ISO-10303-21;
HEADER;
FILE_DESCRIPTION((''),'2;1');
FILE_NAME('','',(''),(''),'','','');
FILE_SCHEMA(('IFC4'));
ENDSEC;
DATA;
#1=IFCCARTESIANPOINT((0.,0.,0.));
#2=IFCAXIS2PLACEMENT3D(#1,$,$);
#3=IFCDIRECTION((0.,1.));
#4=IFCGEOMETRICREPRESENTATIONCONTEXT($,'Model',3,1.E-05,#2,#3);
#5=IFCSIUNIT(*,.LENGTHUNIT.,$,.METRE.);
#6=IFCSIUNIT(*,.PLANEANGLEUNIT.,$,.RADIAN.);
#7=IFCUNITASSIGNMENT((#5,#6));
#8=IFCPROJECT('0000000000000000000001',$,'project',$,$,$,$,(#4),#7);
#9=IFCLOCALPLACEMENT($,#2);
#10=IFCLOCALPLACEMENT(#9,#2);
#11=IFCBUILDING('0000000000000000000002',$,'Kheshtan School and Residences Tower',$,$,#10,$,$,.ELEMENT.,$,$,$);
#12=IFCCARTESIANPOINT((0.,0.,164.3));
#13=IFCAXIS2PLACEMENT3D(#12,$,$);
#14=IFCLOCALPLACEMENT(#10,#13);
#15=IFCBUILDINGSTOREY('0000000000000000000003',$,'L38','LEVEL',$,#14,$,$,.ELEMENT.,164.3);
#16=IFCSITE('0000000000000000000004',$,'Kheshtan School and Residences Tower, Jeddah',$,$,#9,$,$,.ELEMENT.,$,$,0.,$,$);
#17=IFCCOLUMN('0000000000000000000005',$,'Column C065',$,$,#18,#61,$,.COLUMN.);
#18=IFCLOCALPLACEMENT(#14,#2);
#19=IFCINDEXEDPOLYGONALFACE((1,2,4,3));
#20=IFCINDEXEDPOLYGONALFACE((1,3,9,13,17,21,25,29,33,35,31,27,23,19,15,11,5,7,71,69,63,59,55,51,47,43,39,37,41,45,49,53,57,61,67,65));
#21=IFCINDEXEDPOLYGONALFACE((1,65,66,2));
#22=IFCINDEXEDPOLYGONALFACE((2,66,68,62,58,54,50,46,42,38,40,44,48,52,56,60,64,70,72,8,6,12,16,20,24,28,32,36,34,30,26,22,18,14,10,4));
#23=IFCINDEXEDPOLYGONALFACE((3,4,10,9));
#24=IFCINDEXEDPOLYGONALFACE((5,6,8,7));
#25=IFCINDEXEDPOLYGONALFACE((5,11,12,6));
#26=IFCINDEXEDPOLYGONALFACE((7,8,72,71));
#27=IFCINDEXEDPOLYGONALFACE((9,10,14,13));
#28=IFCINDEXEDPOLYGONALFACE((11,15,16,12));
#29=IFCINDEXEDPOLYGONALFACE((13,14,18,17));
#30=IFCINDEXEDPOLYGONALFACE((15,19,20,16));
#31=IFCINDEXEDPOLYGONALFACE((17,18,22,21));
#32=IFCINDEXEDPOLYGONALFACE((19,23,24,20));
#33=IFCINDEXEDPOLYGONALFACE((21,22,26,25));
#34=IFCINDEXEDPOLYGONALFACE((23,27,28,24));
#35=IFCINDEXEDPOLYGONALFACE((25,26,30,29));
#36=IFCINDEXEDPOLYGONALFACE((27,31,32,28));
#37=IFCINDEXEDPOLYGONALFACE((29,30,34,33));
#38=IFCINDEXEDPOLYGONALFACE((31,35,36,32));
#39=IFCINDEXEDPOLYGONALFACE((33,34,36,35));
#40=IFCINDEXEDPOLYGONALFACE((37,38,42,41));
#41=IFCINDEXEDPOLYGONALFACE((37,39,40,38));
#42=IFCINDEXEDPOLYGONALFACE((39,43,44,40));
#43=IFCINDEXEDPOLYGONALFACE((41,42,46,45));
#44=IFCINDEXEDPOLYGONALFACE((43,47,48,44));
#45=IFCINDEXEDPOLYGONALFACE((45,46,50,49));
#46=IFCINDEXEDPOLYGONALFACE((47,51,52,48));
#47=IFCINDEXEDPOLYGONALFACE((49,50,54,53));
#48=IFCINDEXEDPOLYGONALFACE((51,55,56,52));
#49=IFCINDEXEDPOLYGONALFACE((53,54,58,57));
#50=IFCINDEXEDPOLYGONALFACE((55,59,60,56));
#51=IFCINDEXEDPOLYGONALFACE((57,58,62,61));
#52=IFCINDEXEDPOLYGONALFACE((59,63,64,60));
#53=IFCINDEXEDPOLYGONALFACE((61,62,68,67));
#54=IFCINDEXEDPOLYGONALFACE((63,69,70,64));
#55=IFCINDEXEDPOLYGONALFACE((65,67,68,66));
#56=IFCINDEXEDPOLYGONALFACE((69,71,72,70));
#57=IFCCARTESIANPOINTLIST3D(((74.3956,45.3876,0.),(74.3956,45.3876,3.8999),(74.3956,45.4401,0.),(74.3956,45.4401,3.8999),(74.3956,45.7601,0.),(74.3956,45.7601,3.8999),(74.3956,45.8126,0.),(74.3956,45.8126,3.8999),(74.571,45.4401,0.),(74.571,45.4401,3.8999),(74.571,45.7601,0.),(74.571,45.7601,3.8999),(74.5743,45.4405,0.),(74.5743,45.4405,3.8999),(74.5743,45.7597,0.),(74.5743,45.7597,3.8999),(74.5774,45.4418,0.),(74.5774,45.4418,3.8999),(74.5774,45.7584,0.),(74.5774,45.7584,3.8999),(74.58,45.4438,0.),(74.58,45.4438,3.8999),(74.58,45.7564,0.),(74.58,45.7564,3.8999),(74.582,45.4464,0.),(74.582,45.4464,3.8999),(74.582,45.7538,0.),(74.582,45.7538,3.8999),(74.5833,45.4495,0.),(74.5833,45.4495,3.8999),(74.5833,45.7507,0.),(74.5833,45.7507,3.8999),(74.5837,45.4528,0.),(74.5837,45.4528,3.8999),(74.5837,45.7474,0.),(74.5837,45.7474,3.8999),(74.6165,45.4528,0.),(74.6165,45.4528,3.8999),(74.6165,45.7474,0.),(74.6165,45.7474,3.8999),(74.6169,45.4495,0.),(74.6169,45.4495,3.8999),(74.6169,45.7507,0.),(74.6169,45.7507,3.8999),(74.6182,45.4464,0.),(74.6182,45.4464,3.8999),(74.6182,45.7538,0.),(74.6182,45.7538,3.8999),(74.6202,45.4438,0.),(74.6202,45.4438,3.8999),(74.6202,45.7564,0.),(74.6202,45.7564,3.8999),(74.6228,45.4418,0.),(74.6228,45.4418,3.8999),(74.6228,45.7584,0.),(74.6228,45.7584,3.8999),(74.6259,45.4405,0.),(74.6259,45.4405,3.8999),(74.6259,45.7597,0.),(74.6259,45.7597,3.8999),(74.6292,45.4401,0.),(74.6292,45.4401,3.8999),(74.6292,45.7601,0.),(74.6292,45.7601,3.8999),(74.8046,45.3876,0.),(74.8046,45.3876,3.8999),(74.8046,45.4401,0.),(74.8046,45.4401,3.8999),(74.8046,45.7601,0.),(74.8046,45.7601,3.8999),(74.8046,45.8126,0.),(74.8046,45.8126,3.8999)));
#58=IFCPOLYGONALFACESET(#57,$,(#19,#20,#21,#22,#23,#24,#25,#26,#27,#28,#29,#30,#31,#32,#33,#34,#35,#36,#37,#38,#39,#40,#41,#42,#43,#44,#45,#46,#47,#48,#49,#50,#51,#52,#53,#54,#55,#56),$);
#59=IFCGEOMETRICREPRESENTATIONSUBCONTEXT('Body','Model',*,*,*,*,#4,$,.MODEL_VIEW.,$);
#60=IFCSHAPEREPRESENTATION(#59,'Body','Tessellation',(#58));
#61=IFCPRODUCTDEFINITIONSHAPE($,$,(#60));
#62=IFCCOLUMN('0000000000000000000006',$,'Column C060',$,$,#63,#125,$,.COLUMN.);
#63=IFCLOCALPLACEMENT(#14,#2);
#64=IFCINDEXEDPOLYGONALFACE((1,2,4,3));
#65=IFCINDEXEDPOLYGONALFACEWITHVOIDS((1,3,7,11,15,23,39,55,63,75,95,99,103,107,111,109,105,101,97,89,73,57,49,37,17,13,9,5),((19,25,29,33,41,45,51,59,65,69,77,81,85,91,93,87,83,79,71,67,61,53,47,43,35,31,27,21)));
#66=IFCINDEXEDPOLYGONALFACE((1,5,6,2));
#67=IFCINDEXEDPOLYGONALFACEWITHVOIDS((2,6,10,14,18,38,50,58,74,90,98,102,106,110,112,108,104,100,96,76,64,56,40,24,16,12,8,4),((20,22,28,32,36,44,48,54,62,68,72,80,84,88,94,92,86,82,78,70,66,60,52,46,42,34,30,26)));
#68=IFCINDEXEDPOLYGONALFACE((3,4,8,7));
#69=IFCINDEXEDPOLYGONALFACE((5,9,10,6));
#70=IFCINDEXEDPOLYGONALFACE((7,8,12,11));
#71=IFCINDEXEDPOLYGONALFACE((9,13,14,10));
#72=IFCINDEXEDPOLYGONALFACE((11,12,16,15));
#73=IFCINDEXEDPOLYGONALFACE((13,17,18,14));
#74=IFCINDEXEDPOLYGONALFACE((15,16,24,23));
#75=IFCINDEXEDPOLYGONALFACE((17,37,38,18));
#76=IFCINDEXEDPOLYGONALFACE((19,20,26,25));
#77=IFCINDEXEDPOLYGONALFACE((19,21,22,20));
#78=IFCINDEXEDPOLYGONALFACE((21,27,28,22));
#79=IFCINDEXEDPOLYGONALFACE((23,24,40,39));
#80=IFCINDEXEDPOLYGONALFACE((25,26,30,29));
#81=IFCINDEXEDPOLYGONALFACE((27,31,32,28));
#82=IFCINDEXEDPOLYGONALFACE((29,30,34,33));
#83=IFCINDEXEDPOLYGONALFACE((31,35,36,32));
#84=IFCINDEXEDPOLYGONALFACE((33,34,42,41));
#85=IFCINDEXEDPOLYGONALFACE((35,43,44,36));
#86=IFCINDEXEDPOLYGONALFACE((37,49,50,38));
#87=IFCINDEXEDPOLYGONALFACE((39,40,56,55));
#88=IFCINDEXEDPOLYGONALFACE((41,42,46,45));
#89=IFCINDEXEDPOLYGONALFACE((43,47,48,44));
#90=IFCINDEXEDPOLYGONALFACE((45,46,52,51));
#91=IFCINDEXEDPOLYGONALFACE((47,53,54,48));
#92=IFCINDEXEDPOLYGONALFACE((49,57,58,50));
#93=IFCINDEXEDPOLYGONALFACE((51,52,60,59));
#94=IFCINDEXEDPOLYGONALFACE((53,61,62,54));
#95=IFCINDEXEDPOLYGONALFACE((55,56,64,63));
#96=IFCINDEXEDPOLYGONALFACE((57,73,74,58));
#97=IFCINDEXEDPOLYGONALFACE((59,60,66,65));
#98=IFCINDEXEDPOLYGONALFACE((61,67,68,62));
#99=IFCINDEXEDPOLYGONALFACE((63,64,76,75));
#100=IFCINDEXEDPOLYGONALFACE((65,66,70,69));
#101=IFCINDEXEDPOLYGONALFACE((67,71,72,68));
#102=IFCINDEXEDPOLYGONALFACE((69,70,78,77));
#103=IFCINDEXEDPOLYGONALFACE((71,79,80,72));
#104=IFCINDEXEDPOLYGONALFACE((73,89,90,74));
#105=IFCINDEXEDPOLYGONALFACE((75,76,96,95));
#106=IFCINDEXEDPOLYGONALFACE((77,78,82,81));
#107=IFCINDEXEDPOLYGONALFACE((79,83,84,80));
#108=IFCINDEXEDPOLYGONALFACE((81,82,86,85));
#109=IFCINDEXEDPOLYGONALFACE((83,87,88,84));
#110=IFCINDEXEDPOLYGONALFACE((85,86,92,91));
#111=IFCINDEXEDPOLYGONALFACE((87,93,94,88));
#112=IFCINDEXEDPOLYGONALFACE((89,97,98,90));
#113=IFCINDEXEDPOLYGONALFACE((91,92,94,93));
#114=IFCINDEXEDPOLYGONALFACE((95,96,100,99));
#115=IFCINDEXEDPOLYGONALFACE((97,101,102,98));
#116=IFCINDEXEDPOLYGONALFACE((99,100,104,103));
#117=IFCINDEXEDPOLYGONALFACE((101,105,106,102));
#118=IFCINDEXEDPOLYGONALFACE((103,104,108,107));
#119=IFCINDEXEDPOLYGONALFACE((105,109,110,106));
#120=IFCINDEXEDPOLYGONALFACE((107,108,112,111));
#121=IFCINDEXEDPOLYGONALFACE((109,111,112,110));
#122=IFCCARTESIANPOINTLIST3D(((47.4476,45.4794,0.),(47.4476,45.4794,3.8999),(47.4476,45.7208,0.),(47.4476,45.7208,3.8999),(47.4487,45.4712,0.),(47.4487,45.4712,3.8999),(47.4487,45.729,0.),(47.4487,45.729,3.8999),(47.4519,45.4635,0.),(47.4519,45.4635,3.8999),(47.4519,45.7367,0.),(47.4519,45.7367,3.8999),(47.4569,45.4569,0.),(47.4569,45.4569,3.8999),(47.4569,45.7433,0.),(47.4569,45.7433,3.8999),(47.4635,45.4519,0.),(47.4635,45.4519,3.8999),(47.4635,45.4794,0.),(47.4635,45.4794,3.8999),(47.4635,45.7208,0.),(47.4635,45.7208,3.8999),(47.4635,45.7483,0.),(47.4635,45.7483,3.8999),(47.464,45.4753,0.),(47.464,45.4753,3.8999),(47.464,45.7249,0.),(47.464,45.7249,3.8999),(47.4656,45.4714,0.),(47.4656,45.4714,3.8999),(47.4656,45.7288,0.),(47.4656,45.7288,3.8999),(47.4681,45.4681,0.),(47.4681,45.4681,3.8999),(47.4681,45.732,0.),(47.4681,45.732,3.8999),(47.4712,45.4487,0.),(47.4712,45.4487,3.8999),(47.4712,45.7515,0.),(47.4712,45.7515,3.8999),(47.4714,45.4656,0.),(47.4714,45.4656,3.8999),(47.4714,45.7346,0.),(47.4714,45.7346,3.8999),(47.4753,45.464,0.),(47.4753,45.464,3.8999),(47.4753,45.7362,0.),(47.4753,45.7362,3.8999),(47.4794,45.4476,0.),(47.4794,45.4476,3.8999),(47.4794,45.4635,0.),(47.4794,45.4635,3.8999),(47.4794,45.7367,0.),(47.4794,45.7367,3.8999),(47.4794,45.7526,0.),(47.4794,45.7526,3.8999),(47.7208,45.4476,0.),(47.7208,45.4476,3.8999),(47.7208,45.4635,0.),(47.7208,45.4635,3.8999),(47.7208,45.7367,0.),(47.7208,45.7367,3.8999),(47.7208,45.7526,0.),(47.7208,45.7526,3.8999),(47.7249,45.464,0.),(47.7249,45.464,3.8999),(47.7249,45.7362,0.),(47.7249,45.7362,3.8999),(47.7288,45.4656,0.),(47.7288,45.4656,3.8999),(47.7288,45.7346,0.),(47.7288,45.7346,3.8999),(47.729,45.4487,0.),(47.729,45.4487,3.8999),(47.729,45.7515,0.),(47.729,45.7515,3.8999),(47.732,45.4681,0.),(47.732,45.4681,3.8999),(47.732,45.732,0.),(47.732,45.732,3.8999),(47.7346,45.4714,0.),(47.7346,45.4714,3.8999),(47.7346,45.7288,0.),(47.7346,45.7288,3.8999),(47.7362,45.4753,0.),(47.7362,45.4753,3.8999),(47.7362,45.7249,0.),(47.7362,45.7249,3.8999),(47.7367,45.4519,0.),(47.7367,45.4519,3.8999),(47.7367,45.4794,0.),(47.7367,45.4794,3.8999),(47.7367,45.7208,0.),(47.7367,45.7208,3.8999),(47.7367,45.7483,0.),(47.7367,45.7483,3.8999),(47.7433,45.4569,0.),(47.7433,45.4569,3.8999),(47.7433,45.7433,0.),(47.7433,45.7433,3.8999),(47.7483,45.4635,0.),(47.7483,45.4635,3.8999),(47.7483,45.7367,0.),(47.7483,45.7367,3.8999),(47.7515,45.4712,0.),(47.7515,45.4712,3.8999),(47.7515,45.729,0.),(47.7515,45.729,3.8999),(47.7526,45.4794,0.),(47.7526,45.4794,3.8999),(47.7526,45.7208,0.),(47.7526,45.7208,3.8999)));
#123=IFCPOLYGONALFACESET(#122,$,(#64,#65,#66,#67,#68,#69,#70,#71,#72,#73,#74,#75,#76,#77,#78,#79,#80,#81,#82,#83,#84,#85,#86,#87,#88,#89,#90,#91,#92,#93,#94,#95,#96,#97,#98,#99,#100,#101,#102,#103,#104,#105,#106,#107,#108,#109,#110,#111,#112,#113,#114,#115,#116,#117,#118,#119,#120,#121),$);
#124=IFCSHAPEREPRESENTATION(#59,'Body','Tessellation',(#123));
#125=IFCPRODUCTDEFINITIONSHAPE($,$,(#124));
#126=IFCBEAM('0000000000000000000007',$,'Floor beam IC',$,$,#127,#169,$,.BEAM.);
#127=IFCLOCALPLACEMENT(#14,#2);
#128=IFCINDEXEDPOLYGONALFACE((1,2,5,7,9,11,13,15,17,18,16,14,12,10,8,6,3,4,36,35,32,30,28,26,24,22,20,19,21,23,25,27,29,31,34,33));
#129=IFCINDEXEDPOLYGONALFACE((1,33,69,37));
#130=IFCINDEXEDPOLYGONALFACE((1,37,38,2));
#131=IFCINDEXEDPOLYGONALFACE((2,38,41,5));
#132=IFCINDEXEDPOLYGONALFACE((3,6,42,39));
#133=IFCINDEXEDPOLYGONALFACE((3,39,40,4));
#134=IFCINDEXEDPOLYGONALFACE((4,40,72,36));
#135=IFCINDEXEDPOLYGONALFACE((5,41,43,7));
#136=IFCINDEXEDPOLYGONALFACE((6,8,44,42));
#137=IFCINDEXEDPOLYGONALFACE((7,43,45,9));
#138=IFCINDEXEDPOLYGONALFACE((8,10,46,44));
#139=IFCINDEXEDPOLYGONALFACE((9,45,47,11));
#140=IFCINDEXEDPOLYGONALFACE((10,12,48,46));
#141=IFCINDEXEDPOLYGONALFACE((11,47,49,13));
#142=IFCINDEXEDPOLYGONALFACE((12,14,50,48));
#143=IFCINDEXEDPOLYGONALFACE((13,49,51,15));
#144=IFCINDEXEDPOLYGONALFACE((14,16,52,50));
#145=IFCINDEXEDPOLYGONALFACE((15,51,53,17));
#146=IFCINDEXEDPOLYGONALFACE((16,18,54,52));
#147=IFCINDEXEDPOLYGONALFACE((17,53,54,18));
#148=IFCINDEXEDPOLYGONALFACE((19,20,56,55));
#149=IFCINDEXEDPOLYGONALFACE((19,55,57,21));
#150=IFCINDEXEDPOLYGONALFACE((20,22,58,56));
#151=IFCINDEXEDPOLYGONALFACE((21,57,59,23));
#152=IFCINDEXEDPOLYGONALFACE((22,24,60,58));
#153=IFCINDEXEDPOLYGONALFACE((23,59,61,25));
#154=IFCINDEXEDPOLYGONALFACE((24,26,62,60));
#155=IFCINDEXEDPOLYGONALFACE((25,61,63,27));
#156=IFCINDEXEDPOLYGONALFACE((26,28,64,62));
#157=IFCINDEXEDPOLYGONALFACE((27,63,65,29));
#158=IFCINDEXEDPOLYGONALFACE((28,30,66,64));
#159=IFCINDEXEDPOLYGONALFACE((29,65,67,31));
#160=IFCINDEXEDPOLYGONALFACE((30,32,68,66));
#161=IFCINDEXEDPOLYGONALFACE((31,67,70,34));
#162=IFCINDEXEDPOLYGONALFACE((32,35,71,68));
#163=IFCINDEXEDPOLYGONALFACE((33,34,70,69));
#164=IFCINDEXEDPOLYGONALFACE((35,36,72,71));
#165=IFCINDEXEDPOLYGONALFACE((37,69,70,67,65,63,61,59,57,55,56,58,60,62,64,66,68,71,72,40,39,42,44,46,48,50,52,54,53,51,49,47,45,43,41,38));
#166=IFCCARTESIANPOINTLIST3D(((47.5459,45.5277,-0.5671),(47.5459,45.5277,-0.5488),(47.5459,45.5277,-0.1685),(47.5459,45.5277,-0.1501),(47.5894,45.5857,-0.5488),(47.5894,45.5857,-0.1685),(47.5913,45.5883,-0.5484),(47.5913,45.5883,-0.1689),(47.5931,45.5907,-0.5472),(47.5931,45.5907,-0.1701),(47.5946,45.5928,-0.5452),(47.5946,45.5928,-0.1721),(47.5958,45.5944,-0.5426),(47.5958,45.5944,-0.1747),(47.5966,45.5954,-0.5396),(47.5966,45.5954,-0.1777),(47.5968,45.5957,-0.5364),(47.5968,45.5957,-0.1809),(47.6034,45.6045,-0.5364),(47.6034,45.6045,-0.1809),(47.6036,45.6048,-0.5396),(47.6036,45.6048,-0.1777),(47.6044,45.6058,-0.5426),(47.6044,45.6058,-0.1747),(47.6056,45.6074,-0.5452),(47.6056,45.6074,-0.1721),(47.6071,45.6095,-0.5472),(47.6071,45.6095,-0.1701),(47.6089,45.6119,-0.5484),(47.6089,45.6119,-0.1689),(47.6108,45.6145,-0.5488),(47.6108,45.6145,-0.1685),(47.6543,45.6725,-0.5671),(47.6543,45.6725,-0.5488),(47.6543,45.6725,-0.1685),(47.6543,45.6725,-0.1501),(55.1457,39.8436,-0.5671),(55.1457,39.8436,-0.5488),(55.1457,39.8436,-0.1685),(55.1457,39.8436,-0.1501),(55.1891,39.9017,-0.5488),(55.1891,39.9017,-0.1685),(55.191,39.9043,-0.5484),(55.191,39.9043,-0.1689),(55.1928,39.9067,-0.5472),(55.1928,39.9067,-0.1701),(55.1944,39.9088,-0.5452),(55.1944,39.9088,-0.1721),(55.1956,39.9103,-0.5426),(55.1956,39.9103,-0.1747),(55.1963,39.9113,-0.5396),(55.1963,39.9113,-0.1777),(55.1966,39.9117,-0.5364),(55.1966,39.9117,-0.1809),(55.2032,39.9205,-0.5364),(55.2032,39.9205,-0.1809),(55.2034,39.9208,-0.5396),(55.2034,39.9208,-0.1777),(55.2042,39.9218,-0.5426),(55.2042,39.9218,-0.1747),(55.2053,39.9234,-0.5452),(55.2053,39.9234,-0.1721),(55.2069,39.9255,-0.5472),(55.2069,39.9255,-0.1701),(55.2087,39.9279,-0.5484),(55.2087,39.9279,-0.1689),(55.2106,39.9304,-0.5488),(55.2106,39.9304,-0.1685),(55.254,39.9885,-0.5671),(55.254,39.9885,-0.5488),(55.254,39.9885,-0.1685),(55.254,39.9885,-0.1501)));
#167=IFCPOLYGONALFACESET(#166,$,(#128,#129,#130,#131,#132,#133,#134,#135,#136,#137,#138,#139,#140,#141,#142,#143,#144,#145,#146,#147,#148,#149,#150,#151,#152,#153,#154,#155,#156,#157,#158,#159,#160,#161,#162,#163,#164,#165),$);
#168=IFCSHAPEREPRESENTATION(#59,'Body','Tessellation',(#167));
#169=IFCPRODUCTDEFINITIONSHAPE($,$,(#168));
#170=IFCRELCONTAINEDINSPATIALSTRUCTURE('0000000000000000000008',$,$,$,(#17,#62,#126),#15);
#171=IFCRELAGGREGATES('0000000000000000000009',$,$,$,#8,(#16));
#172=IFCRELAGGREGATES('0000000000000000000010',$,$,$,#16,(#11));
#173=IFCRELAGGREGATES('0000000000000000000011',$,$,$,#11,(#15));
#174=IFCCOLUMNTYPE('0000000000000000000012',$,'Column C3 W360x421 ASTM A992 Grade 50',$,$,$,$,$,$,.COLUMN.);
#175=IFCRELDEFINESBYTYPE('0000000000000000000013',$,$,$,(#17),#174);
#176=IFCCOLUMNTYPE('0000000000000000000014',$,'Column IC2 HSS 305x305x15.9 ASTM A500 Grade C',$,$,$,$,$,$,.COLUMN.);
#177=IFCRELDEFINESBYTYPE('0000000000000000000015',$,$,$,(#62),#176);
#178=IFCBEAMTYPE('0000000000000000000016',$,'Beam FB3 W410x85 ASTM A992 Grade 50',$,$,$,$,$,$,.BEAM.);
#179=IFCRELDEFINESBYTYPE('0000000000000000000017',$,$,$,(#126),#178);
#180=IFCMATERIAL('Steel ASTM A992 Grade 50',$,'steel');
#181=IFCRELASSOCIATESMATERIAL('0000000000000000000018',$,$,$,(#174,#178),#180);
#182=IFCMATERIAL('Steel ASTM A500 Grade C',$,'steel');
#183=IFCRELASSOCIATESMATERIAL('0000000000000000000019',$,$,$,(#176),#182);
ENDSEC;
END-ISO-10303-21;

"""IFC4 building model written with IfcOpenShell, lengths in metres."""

from ifc_helpers import new_model, si_unit, direction, frame, origin, origin_2d, place, context, subcontext, project, spatial, hollow_rectangle, i_section, extrude, material, material_profile, profile_set, type_object, element, save


model = new_model("IFC4")

# Units and contexts
model_context = context("Model", 3, precision=1e-05, world=origin(), true_north=direction((0.0, 1.0)))
body_context = subcontext(model_context, "Body", "Model", "MODEL_VIEW")
ifc_project = project(units=[si_unit("LENGTHUNIT", "METRE"), si_unit("PLANEANGLEUNIT", "RADIAN")], contexts=[model_context])

# Site, building, storey
site_placement = place(None, origin())
site = spatial("IfcSite", under=ifc_project, at=site_placement, Name="Kheshtan School and Residences Tower, Jeddah", CompositionType="ELEMENT", RefElevation=0.0)
building_placement = place(site_placement, origin())
building = spatial("IfcBuilding", under=site, at=building_placement, Name="Kheshtan School and Residences Tower", CompositionType="ELEMENT")
storey_placement = place(building_placement, frame((0.0, 0.0, 164.3)))
storey = spatial("IfcBuildingStorey", under=building, at=storey_placement, Name="L38", Description="LEVEL", CompositionType="ELEMENT", Elevation=164.3)

# Columns
ifc_material_1 = material(Name="Steel ASTM A992 Grade 50", Category="steel")
ifc_material_profile_1 = material_profile(ifc_material_1, i_section(OverallWidth=0.4089, OverallDepth=0.425, WebThickness=0.0327, FlangeThickness=0.0525, FilletRadius=0.0127, at=origin_2d()), Name="W360x421")
ifc_profile_set_1 = profile_set([ifc_material_profile_1], Name="Steel ASTM A992 Grade 50")
column_type_1 = type_object("IfcColumnType", Name="Column C3 W360x421 ASTM A992 Grade 50", PredefinedType="COLUMN", material=ifc_profile_set_1)
for number, where, z_axis, x_axis, name in (
    (1, (74.6001, 45.6001, 0.0), (0.0, 0.0, 1.0), (1.0, 0.0, 0.0), "Column C065"),
):
    element("IfcColumn", number, at=place(storey_placement, frame(where, z_axis=z_axis, x_axis=x_axis)), inside=storey, type_object=column_type_1, Name=name, PredefinedType="COLUMN", context=body_context, shape_type="SweptSolid", body=[
        extrude(i_section(OverallWidth=0.4089, OverallDepth=0.425, WebThickness=0.0327, FlangeThickness=0.0525, FilletRadius=0.0127, at=origin_2d()), origin(), (0.0, 0.0, 1.0), 3.8999),
    ])
ifc_material_2 = material(Name="Steel ASTM A500 Grade C", Category="steel")
ifc_material_profile_2 = material_profile(ifc_material_2, hollow_rectangle(XDim=0.3049, YDim=0.3049, WallThickness=0.0159, InnerFilletRadius=0.0159, OuterFilletRadius=0.0317, at=origin_2d()), Name="HSS 305x305x15.9")
ifc_profile_set_2 = profile_set([ifc_material_profile_2], Name="Steel ASTM A500 Grade C")
column_type_2 = type_object("IfcColumnType", Name="Column IC2 HSS 305x305x15.9 ASTM A500 Grade C", PredefinedType="COLUMN", material=ifc_profile_set_2)
column_placement = place(storey_placement, frame((47.6001, 45.6001, 0.0), z_axis=(0.0, 0.0, 1.0), x_axis=(1.0, 0.0, 0.0)))
element("IfcColumn", 2, at=column_placement, inside=storey, type_object=column_type_2, Name="Column C060", PredefinedType="COLUMN", context=body_context, shape_type="SweptSolid", body=[
    extrude(hollow_rectangle(XDim=0.3049, YDim=0.3049, WallThickness=0.0159, InnerFilletRadius=0.0159, OuterFilletRadius=0.0317, at=origin_2d()), origin(), (0.0, 0.0, 1.0), 3.8999),
])

# Beam
ifc_material_profile_3 = material_profile(ifc_material_1, i_section(OverallWidth=0.1809, OverallDepth=0.417, WebThickness=0.011, FlangeThickness=0.0183, FilletRadius=0.0125, at=origin_2d()), Name="W410x85")
ifc_profile_set_3 = profile_set([ifc_material_profile_3], Name="Steel ASTM A992 Grade 50")
beam_type_1 = type_object("IfcBeamType", Name="Beam FB3 W410x85 ASTM A992 Grade 50", PredefinedType="BEAM", material=ifc_profile_set_3)
beam_1_placement = place(storey_placement, frame((47.6001, 45.6001, -0.3586), z_axis=(0.800799, -0.598933, 0.0), x_axis=(0.598933, 0.800799, 0.0)))
element("IfcBeam", 3, at=beam_1_placement, inside=storey, type_object=beam_type_1, Name="Floor beam IC", PredefinedType="BEAM", context=body_context, shape_type="SweptSolid", body=[
    extrude(i_section(OverallWidth=0.1809, OverallDepth=0.417, WebThickness=0.011, FlangeThickness=0.0183, FilletRadius=0.0125, at=origin_2d()), origin(), (0.0, 0.0, 1.0), 9.4902),
])

save(model, "model.ifc")
